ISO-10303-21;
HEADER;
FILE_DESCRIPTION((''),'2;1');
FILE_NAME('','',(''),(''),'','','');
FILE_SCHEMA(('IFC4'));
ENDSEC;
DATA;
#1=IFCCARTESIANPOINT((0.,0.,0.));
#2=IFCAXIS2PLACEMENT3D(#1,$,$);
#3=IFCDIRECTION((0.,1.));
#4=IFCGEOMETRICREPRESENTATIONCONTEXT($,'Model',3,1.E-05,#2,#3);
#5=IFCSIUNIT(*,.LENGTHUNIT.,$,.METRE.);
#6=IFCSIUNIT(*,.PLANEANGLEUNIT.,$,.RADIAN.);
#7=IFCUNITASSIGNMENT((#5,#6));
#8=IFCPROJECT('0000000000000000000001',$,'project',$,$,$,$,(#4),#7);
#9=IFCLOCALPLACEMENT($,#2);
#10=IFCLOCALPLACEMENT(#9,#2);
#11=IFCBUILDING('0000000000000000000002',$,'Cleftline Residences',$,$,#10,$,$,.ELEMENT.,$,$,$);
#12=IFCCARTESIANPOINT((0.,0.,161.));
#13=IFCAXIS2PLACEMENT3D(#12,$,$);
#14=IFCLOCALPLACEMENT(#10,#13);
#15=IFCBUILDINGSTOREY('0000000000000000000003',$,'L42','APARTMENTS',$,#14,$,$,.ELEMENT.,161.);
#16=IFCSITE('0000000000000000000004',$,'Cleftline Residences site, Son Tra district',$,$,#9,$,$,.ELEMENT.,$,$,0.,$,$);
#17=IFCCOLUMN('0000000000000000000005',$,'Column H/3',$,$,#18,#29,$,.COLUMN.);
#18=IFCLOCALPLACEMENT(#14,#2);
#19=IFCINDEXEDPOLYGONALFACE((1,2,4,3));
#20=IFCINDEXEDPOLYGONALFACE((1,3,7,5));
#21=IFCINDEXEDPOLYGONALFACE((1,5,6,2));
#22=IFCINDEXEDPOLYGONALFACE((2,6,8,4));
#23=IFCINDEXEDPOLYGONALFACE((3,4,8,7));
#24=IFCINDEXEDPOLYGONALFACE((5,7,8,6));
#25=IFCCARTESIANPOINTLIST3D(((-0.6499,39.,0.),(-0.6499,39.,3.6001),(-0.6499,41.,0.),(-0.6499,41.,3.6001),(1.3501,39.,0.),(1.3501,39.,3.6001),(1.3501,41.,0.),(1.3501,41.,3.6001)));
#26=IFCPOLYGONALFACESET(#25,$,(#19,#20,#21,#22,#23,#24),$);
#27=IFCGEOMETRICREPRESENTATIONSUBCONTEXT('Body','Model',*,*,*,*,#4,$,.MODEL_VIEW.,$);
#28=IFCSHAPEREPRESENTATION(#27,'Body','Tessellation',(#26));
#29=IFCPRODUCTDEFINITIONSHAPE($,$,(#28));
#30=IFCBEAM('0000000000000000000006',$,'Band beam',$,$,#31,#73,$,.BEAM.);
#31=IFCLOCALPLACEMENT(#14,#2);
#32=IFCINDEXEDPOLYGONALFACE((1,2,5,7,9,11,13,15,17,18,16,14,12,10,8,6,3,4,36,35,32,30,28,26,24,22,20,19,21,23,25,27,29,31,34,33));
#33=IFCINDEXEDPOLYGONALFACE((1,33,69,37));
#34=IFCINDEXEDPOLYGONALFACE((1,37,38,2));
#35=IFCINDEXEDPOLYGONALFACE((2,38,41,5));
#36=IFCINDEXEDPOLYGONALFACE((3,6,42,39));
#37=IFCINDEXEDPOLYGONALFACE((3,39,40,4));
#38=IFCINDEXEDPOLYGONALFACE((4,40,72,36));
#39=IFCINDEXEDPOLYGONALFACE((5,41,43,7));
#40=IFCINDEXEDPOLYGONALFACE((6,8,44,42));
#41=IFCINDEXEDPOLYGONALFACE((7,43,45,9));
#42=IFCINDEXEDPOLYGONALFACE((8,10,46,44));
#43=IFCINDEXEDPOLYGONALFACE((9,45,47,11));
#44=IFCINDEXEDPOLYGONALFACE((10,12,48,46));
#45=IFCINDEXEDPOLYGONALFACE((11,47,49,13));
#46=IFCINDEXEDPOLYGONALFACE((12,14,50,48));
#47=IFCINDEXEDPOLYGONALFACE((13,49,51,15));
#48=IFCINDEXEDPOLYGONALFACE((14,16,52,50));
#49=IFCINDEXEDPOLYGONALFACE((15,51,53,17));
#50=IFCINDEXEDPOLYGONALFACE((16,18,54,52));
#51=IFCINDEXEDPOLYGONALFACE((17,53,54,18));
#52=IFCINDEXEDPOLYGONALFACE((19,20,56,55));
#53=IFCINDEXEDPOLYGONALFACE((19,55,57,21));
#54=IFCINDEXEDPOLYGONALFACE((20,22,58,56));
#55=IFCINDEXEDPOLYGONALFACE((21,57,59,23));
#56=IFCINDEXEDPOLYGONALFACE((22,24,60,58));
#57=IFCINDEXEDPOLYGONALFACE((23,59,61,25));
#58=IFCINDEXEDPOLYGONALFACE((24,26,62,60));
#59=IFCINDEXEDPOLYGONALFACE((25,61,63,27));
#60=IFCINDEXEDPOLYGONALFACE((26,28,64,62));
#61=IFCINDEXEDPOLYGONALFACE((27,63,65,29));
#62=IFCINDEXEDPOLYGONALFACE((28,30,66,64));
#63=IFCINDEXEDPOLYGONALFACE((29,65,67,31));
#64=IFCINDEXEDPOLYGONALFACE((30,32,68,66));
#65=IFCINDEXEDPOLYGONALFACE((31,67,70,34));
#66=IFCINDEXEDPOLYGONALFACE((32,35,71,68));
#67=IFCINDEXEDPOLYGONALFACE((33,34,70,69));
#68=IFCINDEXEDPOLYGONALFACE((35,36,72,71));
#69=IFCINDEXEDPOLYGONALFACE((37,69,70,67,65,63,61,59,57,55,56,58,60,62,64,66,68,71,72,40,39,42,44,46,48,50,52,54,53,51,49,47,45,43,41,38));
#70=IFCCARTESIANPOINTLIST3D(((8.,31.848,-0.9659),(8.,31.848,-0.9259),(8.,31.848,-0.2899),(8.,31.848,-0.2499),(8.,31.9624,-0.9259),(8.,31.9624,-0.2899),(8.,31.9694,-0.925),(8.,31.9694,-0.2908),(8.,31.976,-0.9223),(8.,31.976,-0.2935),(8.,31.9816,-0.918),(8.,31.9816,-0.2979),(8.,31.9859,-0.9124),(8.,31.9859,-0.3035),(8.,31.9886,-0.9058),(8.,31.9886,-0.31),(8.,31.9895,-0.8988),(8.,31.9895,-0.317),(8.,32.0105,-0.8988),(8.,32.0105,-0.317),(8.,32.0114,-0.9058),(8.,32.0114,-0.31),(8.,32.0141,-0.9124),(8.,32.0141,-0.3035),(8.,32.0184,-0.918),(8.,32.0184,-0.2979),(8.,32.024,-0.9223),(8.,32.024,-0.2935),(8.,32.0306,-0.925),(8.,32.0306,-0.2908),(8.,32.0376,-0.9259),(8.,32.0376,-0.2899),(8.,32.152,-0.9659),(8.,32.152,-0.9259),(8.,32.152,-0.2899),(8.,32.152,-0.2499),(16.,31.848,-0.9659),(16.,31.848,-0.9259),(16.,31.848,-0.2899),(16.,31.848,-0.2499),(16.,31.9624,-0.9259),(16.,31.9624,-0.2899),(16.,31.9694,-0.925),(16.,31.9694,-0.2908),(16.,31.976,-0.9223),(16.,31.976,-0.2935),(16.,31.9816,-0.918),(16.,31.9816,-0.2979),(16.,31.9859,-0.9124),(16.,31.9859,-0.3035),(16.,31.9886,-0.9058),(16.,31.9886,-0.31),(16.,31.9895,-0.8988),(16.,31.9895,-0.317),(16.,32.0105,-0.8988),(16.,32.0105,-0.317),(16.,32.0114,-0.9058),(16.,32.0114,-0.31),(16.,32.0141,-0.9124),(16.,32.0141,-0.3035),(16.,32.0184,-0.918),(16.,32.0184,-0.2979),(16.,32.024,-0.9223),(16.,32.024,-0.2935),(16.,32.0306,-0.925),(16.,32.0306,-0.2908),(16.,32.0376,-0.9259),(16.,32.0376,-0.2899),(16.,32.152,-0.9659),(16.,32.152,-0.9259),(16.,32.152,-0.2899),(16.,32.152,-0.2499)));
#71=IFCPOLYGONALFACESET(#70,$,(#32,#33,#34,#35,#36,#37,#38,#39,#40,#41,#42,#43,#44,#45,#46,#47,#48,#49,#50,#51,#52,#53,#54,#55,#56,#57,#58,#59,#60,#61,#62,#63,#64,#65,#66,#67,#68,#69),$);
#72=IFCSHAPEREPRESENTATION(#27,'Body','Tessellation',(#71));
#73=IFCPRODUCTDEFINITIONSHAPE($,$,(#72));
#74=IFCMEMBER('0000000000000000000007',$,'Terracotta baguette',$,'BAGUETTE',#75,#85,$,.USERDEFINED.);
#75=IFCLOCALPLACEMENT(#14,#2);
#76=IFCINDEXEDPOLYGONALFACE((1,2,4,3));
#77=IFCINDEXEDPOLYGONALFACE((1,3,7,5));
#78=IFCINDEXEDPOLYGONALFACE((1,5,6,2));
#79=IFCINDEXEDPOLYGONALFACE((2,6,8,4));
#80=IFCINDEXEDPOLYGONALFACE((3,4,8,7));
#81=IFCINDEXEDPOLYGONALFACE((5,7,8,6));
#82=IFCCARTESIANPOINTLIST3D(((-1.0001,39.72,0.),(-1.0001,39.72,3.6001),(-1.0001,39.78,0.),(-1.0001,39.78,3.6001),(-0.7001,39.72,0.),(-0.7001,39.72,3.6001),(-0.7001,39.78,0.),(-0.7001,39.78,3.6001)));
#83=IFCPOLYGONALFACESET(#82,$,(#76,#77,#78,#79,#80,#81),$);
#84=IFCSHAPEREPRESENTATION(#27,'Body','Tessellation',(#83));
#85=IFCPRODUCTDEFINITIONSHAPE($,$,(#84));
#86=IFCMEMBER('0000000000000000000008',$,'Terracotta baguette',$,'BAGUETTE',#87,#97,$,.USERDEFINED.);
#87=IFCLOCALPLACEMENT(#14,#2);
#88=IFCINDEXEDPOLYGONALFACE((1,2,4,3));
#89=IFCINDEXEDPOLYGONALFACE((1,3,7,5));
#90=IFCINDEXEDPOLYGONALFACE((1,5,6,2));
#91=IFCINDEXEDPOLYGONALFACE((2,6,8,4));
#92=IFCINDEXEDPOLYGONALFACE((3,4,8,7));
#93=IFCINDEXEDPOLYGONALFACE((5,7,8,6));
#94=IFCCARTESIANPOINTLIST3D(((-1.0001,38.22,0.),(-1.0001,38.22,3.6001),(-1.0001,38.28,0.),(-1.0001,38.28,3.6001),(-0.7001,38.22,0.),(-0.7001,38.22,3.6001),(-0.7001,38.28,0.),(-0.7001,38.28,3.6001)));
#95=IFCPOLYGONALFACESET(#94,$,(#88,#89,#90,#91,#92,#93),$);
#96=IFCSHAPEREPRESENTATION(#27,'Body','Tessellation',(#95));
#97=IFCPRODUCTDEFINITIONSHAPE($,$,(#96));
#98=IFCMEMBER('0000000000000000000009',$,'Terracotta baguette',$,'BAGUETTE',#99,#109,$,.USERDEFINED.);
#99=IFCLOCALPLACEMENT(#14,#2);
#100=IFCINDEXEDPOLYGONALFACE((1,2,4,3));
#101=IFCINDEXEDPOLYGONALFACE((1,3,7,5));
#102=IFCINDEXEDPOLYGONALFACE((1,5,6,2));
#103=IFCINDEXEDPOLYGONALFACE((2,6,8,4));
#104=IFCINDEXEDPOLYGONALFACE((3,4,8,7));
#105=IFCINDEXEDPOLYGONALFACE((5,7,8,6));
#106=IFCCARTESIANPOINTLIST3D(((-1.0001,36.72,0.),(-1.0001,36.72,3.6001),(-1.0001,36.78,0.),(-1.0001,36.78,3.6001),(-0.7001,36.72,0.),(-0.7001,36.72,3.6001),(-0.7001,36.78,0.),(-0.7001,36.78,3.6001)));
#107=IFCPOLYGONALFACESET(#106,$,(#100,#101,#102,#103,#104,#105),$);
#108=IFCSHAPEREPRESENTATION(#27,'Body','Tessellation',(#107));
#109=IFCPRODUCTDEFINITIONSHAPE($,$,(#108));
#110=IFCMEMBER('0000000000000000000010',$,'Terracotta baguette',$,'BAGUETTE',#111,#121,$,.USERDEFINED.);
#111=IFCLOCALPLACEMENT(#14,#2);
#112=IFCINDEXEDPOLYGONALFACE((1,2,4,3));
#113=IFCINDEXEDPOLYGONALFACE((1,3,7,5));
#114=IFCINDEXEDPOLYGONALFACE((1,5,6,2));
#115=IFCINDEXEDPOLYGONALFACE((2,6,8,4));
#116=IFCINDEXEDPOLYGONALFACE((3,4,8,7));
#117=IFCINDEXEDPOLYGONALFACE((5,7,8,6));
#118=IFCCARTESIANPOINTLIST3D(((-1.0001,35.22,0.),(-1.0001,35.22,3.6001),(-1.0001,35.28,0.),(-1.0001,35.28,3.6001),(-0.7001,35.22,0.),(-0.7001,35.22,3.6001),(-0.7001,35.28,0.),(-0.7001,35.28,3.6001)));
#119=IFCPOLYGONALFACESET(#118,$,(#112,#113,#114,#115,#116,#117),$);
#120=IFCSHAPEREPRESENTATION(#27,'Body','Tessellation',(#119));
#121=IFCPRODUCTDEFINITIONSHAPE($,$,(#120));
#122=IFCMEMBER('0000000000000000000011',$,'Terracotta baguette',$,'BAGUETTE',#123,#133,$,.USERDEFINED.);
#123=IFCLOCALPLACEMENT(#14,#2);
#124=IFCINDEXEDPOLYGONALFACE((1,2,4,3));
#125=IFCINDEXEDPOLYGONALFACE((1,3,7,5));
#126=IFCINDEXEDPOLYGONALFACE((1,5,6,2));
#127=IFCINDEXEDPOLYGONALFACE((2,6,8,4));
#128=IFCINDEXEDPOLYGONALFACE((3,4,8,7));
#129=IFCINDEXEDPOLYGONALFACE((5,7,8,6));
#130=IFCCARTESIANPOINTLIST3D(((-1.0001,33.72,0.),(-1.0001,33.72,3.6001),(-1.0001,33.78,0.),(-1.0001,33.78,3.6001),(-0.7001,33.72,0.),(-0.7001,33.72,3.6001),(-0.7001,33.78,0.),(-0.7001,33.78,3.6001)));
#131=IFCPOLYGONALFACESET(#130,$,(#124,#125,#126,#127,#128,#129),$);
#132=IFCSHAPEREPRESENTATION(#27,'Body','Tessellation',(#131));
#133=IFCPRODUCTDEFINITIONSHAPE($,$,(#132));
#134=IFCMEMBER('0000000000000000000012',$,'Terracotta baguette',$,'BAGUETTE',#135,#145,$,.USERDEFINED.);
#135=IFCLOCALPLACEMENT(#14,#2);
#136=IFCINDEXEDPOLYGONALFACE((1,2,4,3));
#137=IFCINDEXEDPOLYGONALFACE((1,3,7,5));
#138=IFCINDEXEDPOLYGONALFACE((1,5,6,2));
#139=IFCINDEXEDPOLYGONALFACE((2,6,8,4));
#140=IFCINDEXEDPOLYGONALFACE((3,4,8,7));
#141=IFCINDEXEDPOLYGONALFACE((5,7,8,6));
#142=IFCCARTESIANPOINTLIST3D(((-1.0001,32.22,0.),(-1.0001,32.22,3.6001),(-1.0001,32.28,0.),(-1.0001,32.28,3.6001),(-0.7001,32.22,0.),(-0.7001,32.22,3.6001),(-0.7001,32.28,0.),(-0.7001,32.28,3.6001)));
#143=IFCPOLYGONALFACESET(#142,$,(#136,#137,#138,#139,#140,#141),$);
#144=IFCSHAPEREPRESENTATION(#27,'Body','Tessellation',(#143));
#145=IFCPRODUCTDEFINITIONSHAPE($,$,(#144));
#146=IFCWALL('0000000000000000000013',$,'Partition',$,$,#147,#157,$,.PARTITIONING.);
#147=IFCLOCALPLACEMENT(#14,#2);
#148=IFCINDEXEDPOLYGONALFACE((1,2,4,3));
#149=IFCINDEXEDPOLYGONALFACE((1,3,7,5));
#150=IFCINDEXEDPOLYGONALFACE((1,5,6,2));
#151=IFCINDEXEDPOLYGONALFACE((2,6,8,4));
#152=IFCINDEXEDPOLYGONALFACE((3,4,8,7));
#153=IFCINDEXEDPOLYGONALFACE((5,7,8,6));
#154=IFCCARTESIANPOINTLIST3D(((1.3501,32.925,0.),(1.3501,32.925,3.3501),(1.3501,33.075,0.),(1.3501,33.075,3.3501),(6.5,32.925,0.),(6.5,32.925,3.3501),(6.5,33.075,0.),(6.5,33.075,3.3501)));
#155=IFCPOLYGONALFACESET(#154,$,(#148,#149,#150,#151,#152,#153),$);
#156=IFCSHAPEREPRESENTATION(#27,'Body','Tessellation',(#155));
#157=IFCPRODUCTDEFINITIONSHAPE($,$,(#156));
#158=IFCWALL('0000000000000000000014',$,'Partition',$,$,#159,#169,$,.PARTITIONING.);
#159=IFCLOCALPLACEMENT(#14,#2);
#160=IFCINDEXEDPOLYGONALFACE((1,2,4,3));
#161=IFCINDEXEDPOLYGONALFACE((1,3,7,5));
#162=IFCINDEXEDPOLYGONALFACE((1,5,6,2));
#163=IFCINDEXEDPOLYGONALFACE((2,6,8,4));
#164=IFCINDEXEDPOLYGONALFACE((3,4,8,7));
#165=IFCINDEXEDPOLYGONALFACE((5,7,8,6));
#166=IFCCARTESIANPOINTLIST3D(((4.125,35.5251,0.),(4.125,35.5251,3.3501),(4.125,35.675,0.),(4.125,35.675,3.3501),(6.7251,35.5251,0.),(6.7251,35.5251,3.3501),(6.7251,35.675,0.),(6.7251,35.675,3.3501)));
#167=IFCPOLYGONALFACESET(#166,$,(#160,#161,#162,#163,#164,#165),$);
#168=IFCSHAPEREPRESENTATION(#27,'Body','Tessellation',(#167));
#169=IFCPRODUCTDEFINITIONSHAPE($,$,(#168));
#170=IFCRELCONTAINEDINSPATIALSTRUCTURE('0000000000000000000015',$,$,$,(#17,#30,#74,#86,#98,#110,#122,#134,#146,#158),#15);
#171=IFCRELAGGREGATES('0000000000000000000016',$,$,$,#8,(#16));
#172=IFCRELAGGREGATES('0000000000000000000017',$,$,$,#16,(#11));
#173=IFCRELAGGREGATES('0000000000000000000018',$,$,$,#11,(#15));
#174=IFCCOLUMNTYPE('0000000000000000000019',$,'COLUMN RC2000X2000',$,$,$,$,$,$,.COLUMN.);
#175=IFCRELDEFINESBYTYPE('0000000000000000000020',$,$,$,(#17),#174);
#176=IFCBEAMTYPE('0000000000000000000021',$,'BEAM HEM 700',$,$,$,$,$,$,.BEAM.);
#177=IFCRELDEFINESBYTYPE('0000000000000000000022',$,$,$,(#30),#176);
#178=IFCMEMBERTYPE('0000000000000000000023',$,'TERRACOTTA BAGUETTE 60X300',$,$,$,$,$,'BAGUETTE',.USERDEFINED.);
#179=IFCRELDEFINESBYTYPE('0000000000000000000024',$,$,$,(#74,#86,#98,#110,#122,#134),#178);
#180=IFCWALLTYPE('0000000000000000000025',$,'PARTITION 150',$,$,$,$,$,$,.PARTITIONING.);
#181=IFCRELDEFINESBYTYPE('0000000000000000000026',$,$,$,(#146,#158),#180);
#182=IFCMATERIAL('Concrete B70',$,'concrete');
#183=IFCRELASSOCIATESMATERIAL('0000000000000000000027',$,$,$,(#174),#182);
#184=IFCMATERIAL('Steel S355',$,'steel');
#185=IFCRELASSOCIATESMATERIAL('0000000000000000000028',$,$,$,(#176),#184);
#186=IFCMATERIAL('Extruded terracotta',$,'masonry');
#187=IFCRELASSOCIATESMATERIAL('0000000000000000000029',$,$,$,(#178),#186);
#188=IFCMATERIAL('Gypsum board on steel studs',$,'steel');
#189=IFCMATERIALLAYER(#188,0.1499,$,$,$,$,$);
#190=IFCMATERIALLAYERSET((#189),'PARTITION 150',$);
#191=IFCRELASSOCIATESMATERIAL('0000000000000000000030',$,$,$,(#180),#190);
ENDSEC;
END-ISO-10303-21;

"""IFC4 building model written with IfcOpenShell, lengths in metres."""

from ifc_helpers import new_model, si_unit, direction, frame, frame_2d, origin, origin_2d, place, context, subcontext, project, spatial, rectangle, i_section, extrude, material, layer, layer_set, material_profile, profile_set, type_object, element, save


model = new_model("IFC4")

# Units and contexts
model_context = context("Model", 3, precision=1e-05, world=origin(), true_north=direction((0.0, 1.0)))
body_context = subcontext(model_context, "Body", "Model", "MODEL_VIEW")
ifc_project = project(units=[si_unit("LENGTHUNIT", "METRE"), si_unit("PLANEANGLEUNIT", "RADIAN")], contexts=[model_context])

# Site, building, storey
site_placement = place(None, origin())
site = spatial("IfcSite", under=ifc_project, at=site_placement, Name="Cleftline Residences site, Son Tra district", CompositionType="ELEMENT", RefElevation=0.0)
building_placement = place(site_placement, origin())
building = spatial("IfcBuilding", under=site, at=building_placement, Name="Cleftline Residences", CompositionType="ELEMENT")
storey_placement = place(building_placement, frame((0.0, 0.0, 161.0)))
storey = spatial("IfcBuildingStorey", under=building, at=storey_placement, Name="L42", Description="APARTMENTS", CompositionType="ELEMENT", Elevation=161.0)

# Column
ifc_material_1 = material(Name="Concrete B70", Category="concrete")
ifc_material_profile_1 = material_profile(ifc_material_1, rectangle(XDim=2.0, YDim=2.0, at=origin_2d()))
ifc_profile_set_1 = profile_set([ifc_material_profile_1], Name="Concrete B70")
column_type = type_object("IfcColumnType", Name="COLUMN RC2000X2000", PredefinedType="COLUMN", material=ifc_profile_set_1)
column_placement = place(storey_placement, frame((0.3501, 40.0, 0.0), z_axis=(0.0, 0.0, 1.0), x_axis=(1.0, 0.0, 0.0)))
element("IfcColumn", 1, at=column_placement, inside=storey, type_object=column_type, Name="Column H/3", PredefinedType="COLUMN", context=body_context, shape_type="SweptSolid", body=[
    extrude(rectangle(XDim=2.0, YDim=2.0, at=origin_2d()), origin(), (0.0, 0.0, 1.0), 3.6001),
])

# Beam
ifc_material_2 = material(Name="Steel S355", Category="steel")
ifc_material_profile_2 = material_profile(ifc_material_2, i_section(OverallWidth=0.304, OverallDepth=0.7161, WebThickness=0.021, FlangeThickness=0.04, FilletRadius=0.0271, at=origin_2d()))
ifc_profile_set_2 = profile_set([ifc_material_profile_2], Name="Steel S355")
beam_type = type_object("IfcBeamType", Name="BEAM HEM 700", PredefinedType="BEAM", material=ifc_profile_set_2)
beam_placement = place(storey_placement, frame((8.0, 32.0, -0.6079), z_axis=(1.0, 0.0, 0.0), x_axis=(0.0, 1.0, 0.0)))
element("IfcBeam", 2, at=beam_placement, inside=storey, type_object=beam_type, Name="Band beam", PredefinedType="BEAM", context=body_context, shape_type="SweptSolid", body=[
    extrude(i_section(OverallWidth=0.304, OverallDepth=0.7161, WebThickness=0.021, FlangeThickness=0.04, FilletRadius=0.0271, at=origin_2d()), origin(), (0.0, 0.0, 1.0), 8.0),
])

# Members
ifc_material_3 = material(Name="Extruded terracotta", Category="masonry")
ifc_material_profile_3 = material_profile(ifc_material_3, rectangle(XDim=0.0601, YDim=0.3, at=origin_2d()))
ifc_profile_set_3 = profile_set([ifc_material_profile_3], Name="Extruded terracotta")
member_type = type_object("IfcMemberType", Name="TERRACOTTA BAGUETTE 60X300", ElementType="BAGUETTE", PredefinedType="USERDEFINED", material=ifc_profile_set_3)
for number, where, z_axis, x_axis, name in (
    (3, (-0.8501, 39.75, 0.0), (0.0, 0.0, 1.0), (0.0, 1.0, 0.0), "Terracotta baguette"),
    (4, (-0.8501, 38.25, 0.0), (0.0, 0.0, 1.0), (0.0, 1.0, 0.0), "Terracotta baguette"),
    (5, (-0.8501, 36.75, 0.0), (0.0, 0.0, 1.0), (0.0, 1.0, 0.0), "Terracotta baguette"),
    (6, (-0.8501, 35.25, 0.0), (0.0, 0.0, 1.0), (0.0, 1.0, 0.0), "Terracotta baguette"),
    (7, (-0.8501, 33.75, 0.0), (0.0, 0.0, 1.0), (0.0, 1.0, 0.0), "Terracotta baguette"),
    (8, (-0.8501, 32.25, 0.0), (0.0, 0.0, 1.0), (0.0, 1.0, 0.0), "Terracotta baguette"),
):
    element("IfcMember", number, at=place(storey_placement, frame(where, z_axis=z_axis, x_axis=x_axis)), inside=storey, type_object=member_type, Name=name, ObjectType="BAGUETTE", PredefinedType="USERDEFINED", context=body_context, shape_type="SweptSolid", body=[
        extrude(rectangle(XDim=0.0601, YDim=0.3, at=origin_2d()), origin(), (0.0, 0.0, 1.0), 3.6001),
    ])

# Walls
ifc_material_4 = material(Name="Gypsum board on steel studs", Category="steel")
ifc_layer = layer(ifc_material_4, 0.1499)
ifc_layer_set = layer_set([ifc_layer], Name="PARTITION 150")
wall_type = type_object("IfcWallType", Name="PARTITION 150", PredefinedType="PARTITIONING", material=ifc_layer_set)
wall_1_placement = place(storey_placement, frame((1.3501, 33.0, 0.0), z_axis=(0.0, 0.0, 1.0), x_axis=(1.0, 0.0, 0.0)))
element("IfcWall", 9, at=wall_1_placement, inside=storey, type_object=wall_type, Name="Partition", PredefinedType="PARTITIONING", context=body_context, shape_type="SweptSolid", body=[
    extrude(rectangle(XDim=5.1499, YDim=0.1499, at=frame_2d((2.575, 0.0))), origin(), (0.0, 0.0, 1.0), 3.3501),
])
wall_2_placement = place(storey_placement, frame((4.125, 35.6001, 0.0), z_axis=(0.0, 0.0, 1.0), x_axis=(1.0, 0.0, 0.0)))
element("IfcWall", 10, at=wall_2_placement, inside=storey, type_object=wall_type, Name="Partition", PredefinedType="PARTITIONING", context=body_context, shape_type="SweptSolid", body=[
    extrude(rectangle(XDim=2.6001, YDim=0.1499, at=frame_2d((1.3, 0.0))), origin(), (0.0, 0.0, 1.0), 3.3501),
])

save(model, "model.ifc")
